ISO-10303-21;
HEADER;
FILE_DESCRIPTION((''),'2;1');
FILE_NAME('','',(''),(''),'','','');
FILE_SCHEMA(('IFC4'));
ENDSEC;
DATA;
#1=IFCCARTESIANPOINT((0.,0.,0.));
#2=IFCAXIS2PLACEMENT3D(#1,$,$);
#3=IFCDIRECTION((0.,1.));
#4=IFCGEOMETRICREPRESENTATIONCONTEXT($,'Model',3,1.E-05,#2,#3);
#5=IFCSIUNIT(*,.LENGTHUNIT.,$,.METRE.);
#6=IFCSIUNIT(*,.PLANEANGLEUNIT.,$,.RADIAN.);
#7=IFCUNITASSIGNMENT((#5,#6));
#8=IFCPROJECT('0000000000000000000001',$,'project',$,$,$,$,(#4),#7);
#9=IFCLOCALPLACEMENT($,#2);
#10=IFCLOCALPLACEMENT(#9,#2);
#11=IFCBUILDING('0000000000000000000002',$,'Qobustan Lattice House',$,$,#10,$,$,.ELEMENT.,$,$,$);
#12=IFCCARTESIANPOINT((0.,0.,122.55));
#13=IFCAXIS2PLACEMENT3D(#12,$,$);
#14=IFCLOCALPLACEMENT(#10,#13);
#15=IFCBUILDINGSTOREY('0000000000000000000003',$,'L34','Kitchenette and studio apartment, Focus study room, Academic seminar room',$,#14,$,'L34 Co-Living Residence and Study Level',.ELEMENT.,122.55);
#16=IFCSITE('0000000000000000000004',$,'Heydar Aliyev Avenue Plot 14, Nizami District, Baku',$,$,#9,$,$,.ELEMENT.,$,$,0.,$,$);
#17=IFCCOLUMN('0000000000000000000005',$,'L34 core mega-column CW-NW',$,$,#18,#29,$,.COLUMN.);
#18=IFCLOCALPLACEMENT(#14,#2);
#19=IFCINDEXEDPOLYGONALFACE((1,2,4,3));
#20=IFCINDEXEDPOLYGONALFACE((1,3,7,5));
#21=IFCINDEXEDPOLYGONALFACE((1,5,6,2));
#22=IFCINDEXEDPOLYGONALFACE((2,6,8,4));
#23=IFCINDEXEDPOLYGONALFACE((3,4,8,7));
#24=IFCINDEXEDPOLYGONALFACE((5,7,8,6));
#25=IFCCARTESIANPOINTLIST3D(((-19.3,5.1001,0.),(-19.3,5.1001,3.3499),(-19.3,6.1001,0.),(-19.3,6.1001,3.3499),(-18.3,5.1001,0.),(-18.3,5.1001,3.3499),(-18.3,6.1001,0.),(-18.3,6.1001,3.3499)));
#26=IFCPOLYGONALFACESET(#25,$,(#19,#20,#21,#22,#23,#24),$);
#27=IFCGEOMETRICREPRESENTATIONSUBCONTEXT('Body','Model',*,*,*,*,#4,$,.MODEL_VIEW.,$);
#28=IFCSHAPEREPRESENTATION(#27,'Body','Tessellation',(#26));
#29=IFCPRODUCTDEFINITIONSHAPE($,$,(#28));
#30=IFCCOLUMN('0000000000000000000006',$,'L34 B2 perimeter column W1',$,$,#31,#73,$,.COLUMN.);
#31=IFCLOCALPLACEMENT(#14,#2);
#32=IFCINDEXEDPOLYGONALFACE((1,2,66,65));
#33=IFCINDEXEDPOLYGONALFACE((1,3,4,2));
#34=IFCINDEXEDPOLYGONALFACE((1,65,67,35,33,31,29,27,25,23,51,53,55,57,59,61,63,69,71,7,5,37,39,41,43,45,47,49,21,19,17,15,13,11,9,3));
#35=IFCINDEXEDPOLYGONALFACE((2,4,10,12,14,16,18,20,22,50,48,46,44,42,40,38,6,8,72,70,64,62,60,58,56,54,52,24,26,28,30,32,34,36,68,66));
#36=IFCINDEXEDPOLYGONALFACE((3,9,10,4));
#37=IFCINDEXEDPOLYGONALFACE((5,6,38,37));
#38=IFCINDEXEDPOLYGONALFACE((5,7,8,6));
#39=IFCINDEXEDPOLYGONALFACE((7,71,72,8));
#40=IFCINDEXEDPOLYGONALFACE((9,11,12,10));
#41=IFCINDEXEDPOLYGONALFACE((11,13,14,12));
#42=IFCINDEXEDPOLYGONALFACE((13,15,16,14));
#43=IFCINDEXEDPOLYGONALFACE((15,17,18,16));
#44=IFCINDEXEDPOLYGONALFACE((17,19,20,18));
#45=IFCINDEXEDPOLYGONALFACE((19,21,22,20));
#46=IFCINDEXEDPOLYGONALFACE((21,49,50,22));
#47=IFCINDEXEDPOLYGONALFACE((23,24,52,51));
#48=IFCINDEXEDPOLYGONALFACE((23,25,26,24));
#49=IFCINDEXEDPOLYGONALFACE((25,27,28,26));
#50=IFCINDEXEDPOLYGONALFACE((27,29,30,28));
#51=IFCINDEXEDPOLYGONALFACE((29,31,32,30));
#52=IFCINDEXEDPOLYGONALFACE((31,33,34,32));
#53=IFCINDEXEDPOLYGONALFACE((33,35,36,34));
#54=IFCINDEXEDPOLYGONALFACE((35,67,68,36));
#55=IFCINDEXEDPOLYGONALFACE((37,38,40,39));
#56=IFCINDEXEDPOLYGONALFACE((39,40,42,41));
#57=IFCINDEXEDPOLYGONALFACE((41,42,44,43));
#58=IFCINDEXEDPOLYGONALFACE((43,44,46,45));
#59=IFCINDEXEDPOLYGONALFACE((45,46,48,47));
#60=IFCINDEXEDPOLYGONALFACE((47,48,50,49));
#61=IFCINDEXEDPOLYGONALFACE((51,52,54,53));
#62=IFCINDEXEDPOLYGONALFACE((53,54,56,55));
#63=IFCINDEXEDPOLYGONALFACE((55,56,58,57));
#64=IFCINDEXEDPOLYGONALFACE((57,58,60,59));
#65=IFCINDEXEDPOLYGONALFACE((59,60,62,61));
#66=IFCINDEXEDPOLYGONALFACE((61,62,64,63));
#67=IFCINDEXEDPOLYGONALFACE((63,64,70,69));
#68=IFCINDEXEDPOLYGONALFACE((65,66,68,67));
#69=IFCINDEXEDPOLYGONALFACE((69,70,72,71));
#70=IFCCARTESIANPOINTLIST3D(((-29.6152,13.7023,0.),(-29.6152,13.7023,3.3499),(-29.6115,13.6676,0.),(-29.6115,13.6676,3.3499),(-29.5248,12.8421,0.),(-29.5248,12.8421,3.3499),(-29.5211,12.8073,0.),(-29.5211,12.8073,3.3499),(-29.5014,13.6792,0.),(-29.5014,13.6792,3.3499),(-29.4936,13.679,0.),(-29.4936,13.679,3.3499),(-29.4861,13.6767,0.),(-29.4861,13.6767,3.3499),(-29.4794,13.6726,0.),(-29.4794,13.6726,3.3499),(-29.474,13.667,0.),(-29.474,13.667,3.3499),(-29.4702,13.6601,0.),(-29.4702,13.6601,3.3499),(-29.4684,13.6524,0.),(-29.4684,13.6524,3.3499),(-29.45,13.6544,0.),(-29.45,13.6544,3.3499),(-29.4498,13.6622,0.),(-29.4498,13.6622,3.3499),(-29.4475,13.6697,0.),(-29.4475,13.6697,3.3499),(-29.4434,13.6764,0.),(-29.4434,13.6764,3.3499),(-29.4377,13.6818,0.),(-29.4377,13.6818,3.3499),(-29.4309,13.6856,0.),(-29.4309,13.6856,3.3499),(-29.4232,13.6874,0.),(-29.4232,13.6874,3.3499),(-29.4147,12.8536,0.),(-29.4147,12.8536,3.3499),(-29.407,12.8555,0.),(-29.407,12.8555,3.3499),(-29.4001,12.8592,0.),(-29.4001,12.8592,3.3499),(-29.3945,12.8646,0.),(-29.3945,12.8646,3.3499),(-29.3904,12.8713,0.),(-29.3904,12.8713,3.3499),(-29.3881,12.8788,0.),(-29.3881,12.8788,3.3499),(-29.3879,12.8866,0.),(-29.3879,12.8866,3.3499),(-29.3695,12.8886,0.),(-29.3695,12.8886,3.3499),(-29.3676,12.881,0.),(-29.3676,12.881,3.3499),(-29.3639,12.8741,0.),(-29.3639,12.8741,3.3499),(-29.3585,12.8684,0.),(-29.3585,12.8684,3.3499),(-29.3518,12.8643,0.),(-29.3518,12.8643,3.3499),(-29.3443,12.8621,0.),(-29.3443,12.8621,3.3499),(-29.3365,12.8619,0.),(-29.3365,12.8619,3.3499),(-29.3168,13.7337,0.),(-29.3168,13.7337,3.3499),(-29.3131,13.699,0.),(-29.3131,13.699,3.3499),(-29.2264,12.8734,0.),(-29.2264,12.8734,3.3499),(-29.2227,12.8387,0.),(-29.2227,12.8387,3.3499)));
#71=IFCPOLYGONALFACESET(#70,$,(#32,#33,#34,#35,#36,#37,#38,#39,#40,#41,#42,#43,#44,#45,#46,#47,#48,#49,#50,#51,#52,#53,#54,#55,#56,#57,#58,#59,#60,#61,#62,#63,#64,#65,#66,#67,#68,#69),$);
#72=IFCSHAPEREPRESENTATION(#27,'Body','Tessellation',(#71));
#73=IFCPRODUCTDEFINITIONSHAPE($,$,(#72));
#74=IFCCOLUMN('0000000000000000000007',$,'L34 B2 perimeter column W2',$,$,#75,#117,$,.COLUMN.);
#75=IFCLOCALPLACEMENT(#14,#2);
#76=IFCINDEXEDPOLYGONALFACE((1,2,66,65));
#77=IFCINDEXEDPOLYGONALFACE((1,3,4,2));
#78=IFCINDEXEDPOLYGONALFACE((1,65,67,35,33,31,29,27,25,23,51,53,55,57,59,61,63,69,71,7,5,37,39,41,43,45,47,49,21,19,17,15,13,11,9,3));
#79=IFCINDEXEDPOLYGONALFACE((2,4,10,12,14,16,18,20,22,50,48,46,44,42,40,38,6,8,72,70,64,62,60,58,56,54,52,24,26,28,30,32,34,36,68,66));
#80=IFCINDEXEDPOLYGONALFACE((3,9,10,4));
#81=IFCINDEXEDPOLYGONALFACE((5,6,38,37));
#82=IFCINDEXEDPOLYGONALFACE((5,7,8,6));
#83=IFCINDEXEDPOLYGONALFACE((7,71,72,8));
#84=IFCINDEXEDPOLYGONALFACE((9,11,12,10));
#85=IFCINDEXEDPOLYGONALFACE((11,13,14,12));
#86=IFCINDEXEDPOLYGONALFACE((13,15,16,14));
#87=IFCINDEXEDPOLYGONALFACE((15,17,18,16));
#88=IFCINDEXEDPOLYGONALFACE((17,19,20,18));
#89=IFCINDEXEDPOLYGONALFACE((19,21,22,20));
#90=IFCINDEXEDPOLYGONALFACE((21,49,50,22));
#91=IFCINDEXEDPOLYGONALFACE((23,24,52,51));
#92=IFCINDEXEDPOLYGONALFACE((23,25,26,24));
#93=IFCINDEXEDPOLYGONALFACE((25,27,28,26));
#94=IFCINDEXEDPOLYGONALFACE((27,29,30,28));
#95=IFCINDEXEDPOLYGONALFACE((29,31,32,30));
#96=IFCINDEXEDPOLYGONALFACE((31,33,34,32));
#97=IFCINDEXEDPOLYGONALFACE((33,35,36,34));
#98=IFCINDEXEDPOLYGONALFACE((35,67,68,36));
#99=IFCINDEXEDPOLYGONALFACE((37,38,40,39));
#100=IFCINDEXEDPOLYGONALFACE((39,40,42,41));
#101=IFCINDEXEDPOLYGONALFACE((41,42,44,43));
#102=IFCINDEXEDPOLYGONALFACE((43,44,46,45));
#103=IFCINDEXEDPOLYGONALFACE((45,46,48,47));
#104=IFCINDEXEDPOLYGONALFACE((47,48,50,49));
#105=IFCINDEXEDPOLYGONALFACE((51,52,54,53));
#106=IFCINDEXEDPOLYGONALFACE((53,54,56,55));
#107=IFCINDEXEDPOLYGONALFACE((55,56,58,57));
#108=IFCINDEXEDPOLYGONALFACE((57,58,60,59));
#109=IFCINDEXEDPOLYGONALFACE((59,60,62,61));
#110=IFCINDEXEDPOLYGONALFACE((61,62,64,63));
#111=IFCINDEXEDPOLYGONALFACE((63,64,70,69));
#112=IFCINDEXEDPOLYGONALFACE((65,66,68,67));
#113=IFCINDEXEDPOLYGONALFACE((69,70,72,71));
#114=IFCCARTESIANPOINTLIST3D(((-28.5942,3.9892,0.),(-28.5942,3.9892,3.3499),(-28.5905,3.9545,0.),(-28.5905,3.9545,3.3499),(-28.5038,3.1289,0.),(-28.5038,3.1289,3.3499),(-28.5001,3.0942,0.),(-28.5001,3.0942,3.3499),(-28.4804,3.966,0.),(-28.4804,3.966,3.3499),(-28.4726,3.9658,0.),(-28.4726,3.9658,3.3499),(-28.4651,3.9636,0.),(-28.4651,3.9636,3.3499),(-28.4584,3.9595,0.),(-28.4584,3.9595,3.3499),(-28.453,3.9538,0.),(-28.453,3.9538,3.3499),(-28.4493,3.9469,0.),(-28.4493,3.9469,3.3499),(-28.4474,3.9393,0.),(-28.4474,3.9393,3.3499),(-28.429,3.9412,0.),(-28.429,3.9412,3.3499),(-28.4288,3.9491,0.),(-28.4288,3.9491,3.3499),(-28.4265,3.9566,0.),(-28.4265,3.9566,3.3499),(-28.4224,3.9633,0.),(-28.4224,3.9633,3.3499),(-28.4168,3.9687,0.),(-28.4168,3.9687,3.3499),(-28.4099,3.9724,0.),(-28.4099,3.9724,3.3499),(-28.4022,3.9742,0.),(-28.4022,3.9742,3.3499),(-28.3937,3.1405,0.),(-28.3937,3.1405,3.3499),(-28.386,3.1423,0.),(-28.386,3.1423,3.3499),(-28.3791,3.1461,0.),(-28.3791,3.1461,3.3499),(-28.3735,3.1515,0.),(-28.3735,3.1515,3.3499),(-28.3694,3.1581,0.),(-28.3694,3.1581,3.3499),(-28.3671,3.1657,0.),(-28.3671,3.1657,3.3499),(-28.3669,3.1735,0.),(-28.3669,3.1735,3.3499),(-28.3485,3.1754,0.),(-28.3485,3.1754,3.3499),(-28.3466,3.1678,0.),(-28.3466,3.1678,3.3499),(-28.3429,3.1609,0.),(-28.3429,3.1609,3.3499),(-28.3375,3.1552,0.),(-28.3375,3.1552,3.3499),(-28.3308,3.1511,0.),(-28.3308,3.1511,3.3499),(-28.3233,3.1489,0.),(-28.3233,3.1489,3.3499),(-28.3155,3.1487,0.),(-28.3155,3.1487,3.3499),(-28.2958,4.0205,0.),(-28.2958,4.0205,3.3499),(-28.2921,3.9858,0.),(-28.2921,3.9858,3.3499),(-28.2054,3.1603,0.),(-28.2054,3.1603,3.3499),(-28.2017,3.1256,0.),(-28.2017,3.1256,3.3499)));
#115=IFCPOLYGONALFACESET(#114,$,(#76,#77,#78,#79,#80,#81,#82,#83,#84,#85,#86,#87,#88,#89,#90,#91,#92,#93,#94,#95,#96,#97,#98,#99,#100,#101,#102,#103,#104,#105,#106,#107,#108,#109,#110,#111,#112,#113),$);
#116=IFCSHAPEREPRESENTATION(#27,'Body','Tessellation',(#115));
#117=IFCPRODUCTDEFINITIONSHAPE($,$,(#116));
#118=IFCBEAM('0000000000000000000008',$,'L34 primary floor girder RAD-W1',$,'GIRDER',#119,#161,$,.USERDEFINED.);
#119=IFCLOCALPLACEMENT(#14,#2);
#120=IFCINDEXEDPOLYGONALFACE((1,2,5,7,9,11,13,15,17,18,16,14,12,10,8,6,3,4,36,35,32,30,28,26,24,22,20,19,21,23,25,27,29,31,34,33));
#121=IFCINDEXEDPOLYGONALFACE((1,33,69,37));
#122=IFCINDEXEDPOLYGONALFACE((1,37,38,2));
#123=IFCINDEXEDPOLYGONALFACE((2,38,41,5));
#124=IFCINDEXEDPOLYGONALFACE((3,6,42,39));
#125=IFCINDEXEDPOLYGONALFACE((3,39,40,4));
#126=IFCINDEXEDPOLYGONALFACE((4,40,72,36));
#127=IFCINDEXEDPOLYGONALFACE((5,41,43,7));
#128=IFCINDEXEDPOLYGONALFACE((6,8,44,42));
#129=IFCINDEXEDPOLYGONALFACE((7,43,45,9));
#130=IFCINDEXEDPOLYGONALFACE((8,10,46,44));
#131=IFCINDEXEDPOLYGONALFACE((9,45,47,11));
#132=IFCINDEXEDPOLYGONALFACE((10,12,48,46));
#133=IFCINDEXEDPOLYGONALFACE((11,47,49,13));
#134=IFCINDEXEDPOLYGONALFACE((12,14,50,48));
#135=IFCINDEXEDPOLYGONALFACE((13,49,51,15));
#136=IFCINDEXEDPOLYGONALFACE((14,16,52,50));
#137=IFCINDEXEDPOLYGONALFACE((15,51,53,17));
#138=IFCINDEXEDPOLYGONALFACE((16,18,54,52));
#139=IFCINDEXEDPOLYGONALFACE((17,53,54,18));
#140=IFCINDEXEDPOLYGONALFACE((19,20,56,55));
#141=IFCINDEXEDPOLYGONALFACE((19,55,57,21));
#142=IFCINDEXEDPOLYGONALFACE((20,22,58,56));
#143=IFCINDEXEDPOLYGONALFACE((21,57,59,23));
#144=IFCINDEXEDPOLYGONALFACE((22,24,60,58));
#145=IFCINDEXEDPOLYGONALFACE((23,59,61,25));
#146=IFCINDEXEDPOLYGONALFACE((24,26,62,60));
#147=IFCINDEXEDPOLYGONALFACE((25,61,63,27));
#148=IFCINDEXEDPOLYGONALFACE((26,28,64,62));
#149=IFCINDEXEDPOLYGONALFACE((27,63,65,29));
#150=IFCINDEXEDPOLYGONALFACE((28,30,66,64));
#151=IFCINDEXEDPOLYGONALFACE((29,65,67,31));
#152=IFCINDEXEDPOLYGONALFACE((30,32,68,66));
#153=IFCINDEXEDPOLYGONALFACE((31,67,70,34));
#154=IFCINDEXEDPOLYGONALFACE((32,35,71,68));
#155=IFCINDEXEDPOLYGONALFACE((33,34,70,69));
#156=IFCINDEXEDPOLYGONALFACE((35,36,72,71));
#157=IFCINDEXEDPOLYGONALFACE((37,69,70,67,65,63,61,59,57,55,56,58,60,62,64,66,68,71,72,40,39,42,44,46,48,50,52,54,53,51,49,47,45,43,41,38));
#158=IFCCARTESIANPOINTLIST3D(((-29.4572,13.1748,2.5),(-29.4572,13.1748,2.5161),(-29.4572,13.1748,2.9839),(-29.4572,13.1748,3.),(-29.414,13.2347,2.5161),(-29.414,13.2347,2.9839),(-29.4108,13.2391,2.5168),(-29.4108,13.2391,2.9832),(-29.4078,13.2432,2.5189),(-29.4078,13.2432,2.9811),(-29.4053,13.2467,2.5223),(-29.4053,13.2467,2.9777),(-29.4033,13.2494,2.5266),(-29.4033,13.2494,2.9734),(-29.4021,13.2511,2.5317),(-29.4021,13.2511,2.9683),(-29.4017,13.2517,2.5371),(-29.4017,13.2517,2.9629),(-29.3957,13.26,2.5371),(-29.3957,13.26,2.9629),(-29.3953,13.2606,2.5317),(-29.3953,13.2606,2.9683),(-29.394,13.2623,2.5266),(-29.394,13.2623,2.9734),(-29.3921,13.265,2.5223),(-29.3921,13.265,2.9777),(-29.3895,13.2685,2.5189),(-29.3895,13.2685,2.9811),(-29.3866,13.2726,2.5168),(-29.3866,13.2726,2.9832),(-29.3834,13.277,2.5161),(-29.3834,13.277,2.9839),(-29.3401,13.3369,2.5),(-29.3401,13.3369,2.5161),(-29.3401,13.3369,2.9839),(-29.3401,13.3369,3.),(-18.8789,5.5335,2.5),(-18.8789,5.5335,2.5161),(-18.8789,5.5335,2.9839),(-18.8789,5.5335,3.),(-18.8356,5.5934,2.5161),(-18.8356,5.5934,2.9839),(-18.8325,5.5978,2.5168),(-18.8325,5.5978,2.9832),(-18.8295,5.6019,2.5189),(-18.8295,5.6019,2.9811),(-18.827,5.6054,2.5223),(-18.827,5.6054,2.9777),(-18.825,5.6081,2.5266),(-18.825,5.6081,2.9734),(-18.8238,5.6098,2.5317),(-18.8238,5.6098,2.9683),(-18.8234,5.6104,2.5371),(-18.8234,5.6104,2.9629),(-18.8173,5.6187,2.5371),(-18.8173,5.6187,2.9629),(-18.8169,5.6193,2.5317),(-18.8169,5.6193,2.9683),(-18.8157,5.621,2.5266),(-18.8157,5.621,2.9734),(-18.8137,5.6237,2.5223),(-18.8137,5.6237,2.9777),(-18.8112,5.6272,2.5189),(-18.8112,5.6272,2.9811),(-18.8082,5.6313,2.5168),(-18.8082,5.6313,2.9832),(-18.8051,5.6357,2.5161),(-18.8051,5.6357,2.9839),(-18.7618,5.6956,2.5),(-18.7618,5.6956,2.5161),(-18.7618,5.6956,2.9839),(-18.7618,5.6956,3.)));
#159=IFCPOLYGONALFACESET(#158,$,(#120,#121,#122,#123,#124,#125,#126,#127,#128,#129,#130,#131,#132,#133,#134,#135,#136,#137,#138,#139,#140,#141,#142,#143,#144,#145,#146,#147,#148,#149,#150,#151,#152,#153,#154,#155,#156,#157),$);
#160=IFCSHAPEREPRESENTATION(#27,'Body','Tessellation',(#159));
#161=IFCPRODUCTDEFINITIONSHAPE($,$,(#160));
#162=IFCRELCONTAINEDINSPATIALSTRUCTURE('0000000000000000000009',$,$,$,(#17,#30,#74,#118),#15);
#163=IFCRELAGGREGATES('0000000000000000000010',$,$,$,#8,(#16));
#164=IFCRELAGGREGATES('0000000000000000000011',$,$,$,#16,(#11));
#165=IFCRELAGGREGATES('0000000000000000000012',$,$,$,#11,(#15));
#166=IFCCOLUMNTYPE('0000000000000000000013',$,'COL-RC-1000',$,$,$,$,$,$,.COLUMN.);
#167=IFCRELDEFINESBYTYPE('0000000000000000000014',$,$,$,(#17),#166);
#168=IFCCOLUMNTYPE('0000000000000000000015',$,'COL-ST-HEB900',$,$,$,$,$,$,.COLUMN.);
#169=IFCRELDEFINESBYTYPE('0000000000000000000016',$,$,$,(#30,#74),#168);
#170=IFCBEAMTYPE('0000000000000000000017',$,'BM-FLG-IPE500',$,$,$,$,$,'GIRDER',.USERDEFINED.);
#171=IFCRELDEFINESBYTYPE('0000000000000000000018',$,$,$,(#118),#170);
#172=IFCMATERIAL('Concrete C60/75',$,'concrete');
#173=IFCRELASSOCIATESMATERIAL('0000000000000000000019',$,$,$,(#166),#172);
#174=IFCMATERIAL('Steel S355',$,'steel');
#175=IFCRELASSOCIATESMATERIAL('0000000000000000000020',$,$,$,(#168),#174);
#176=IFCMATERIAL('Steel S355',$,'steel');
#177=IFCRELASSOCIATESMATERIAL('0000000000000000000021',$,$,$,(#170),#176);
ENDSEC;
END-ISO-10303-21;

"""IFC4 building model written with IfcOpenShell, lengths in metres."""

from ifc_helpers import new_model, si_unit, direction, frame, origin, origin_2d, place, context, subcontext, project, spatial, rectangle, i_section, extrude, material, material_profile, profile_set, type_object, element, save


model = new_model("IFC4")

# Units and contexts
model_context = context("Model", 3, precision=1e-05, world=origin(), true_north=direction((0.0, 1.0)))
body_context = subcontext(model_context, "Body", "Model", "MODEL_VIEW")
ifc_project = project(units=[si_unit("LENGTHUNIT", "METRE"), si_unit("PLANEANGLEUNIT", "RADIAN")], contexts=[model_context])

# Site, building, storey
site_placement = place(None, origin())
site = spatial("IfcSite", under=ifc_project, at=site_placement, Name="Heydar Aliyev Avenue Plot 14, Nizami District, Baku", CompositionType="ELEMENT", RefElevation=0.0)
building_placement = place(site_placement, origin())
building = spatial("IfcBuilding", under=site, at=building_placement, Name="Qobustan Lattice House", CompositionType="ELEMENT")
storey_placement = place(building_placement, frame((0.0, 0.0, 122.55)))
storey = spatial("IfcBuildingStorey", under=building, at=storey_placement, Name="L34", Description="Kitchenette and studio apartment, Focus study room, Academic seminar room", LongName="L34 Co-Living Residence and Study Level", CompositionType="ELEMENT", Elevation=122.55)

# Columns
ifc_material_1 = material(Name="Concrete C60/75", Category="concrete")
ifc_material_profile_1 = material_profile(ifc_material_1, rectangle(XDim=1.0, YDim=1.0, at=origin_2d()), Name="RC1000x1000")
ifc_profile_set_1 = profile_set([ifc_material_profile_1], Name="Concrete C60/75")
column_type_1 = type_object("IfcColumnType", Name="COL-RC-1000", PredefinedType="COLUMN", material=ifc_profile_set_1)
column_placement = place(storey_placement, frame((-18.8, 5.6001, 0.0), z_axis=(0.0, 0.0, 1.0), x_axis=(1.0, 0.0, 0.0)))
element("IfcColumn", 1, at=column_placement, inside=storey, type_object=column_type_1, Name="L34 core mega-column CW-NW", PredefinedType="COLUMN", context=body_context, shape_type="SweptSolid", body=[
    extrude(rectangle(XDim=1.0, YDim=1.0, at=origin_2d()), origin(), (0.0, 0.0, 1.0), 3.3499),
])
ifc_material_2 = material(Name="Steel S355", Category="steel")
ifc_material_profile_2 = material_profile(ifc_material_2, i_section(OverallWidth=0.3, OverallDepth=0.8999, WebThickness=0.0186, FlangeThickness=0.0349, FilletRadius=0.03, at=origin_2d()), Name="HEB900")
ifc_profile_set_2 = profile_set([ifc_material_profile_2], Name="Steel S355")
column_type_2 = type_object("IfcColumnType", Name="COL-ST-HEB900", PredefinedType="COLUMN", material=ifc_profile_set_2)
for number, where, z_axis, x_axis, name in (
    (2, (-29.4189, 13.2705, 0.0), (0.0, 0.0, 1.0), (0.994522, 0.104528, 0.0), "L34 B2 perimeter column W1"),
    (3, (-28.3979, 3.5574, 0.0), (0.0, 0.0, 1.0), (0.994522, 0.104528, 0.0), "L34 B2 perimeter column W2"),
):
    element("IfcColumn", number, at=place(storey_placement, frame(where, z_axis=z_axis, x_axis=x_axis)), inside=storey, type_object=column_type_2, Name=name, PredefinedType="COLUMN", context=body_context, shape_type="SweptSolid", body=[
        extrude(i_section(OverallWidth=0.3, OverallDepth=0.8999, WebThickness=0.0186, FlangeThickness=0.0349, FilletRadius=0.03, at=origin_2d()), origin(), (0.0, 0.0, 1.0), 3.3499),
    ])

# Beam
ifc_material_3 = material(Name="Steel S355", Category="steel")
ifc_material_profile_3 = material_profile(ifc_material_3, i_section(OverallWidth=0.2, OverallDepth=0.5, WebThickness=0.0103, FlangeThickness=0.0161, FilletRadius=0.021, at=origin_2d()), Name="IPE500")
ifc_profile_set_3 = profile_set([ifc_material_profile_3], Name="Steel S355")
beam_type_1 = type_object("IfcBeamType", Name="BM-FLG-IPE500", ElementType="GIRDER", PredefinedType="USERDEFINED", material=ifc_profile_set_3)
beam_1_placement = place(storey_placement, frame((-29.3987, 13.2559, 2.75), z_axis=(0.810627, -0.585562, 0.0), x_axis=(0.585562, 0.810627, 0.0)))
element("IfcBeam", 4, at=beam_1_placement, inside=storey, type_object=beam_type_1, Name="L34 primary floor girder RAD-W1", ObjectType="GIRDER", PredefinedType="USERDEFINED", context=body_context, shape_type="SweptSolid", body=[
    extrude(i_section(OverallWidth=0.2, OverallDepth=0.5, WebThickness=0.0103, FlangeThickness=0.0161, FilletRadius=0.021, at=origin_2d()), origin(), (0.0, 0.0, 1.0), 13.0496),
])

save(model, "model.ifc")
